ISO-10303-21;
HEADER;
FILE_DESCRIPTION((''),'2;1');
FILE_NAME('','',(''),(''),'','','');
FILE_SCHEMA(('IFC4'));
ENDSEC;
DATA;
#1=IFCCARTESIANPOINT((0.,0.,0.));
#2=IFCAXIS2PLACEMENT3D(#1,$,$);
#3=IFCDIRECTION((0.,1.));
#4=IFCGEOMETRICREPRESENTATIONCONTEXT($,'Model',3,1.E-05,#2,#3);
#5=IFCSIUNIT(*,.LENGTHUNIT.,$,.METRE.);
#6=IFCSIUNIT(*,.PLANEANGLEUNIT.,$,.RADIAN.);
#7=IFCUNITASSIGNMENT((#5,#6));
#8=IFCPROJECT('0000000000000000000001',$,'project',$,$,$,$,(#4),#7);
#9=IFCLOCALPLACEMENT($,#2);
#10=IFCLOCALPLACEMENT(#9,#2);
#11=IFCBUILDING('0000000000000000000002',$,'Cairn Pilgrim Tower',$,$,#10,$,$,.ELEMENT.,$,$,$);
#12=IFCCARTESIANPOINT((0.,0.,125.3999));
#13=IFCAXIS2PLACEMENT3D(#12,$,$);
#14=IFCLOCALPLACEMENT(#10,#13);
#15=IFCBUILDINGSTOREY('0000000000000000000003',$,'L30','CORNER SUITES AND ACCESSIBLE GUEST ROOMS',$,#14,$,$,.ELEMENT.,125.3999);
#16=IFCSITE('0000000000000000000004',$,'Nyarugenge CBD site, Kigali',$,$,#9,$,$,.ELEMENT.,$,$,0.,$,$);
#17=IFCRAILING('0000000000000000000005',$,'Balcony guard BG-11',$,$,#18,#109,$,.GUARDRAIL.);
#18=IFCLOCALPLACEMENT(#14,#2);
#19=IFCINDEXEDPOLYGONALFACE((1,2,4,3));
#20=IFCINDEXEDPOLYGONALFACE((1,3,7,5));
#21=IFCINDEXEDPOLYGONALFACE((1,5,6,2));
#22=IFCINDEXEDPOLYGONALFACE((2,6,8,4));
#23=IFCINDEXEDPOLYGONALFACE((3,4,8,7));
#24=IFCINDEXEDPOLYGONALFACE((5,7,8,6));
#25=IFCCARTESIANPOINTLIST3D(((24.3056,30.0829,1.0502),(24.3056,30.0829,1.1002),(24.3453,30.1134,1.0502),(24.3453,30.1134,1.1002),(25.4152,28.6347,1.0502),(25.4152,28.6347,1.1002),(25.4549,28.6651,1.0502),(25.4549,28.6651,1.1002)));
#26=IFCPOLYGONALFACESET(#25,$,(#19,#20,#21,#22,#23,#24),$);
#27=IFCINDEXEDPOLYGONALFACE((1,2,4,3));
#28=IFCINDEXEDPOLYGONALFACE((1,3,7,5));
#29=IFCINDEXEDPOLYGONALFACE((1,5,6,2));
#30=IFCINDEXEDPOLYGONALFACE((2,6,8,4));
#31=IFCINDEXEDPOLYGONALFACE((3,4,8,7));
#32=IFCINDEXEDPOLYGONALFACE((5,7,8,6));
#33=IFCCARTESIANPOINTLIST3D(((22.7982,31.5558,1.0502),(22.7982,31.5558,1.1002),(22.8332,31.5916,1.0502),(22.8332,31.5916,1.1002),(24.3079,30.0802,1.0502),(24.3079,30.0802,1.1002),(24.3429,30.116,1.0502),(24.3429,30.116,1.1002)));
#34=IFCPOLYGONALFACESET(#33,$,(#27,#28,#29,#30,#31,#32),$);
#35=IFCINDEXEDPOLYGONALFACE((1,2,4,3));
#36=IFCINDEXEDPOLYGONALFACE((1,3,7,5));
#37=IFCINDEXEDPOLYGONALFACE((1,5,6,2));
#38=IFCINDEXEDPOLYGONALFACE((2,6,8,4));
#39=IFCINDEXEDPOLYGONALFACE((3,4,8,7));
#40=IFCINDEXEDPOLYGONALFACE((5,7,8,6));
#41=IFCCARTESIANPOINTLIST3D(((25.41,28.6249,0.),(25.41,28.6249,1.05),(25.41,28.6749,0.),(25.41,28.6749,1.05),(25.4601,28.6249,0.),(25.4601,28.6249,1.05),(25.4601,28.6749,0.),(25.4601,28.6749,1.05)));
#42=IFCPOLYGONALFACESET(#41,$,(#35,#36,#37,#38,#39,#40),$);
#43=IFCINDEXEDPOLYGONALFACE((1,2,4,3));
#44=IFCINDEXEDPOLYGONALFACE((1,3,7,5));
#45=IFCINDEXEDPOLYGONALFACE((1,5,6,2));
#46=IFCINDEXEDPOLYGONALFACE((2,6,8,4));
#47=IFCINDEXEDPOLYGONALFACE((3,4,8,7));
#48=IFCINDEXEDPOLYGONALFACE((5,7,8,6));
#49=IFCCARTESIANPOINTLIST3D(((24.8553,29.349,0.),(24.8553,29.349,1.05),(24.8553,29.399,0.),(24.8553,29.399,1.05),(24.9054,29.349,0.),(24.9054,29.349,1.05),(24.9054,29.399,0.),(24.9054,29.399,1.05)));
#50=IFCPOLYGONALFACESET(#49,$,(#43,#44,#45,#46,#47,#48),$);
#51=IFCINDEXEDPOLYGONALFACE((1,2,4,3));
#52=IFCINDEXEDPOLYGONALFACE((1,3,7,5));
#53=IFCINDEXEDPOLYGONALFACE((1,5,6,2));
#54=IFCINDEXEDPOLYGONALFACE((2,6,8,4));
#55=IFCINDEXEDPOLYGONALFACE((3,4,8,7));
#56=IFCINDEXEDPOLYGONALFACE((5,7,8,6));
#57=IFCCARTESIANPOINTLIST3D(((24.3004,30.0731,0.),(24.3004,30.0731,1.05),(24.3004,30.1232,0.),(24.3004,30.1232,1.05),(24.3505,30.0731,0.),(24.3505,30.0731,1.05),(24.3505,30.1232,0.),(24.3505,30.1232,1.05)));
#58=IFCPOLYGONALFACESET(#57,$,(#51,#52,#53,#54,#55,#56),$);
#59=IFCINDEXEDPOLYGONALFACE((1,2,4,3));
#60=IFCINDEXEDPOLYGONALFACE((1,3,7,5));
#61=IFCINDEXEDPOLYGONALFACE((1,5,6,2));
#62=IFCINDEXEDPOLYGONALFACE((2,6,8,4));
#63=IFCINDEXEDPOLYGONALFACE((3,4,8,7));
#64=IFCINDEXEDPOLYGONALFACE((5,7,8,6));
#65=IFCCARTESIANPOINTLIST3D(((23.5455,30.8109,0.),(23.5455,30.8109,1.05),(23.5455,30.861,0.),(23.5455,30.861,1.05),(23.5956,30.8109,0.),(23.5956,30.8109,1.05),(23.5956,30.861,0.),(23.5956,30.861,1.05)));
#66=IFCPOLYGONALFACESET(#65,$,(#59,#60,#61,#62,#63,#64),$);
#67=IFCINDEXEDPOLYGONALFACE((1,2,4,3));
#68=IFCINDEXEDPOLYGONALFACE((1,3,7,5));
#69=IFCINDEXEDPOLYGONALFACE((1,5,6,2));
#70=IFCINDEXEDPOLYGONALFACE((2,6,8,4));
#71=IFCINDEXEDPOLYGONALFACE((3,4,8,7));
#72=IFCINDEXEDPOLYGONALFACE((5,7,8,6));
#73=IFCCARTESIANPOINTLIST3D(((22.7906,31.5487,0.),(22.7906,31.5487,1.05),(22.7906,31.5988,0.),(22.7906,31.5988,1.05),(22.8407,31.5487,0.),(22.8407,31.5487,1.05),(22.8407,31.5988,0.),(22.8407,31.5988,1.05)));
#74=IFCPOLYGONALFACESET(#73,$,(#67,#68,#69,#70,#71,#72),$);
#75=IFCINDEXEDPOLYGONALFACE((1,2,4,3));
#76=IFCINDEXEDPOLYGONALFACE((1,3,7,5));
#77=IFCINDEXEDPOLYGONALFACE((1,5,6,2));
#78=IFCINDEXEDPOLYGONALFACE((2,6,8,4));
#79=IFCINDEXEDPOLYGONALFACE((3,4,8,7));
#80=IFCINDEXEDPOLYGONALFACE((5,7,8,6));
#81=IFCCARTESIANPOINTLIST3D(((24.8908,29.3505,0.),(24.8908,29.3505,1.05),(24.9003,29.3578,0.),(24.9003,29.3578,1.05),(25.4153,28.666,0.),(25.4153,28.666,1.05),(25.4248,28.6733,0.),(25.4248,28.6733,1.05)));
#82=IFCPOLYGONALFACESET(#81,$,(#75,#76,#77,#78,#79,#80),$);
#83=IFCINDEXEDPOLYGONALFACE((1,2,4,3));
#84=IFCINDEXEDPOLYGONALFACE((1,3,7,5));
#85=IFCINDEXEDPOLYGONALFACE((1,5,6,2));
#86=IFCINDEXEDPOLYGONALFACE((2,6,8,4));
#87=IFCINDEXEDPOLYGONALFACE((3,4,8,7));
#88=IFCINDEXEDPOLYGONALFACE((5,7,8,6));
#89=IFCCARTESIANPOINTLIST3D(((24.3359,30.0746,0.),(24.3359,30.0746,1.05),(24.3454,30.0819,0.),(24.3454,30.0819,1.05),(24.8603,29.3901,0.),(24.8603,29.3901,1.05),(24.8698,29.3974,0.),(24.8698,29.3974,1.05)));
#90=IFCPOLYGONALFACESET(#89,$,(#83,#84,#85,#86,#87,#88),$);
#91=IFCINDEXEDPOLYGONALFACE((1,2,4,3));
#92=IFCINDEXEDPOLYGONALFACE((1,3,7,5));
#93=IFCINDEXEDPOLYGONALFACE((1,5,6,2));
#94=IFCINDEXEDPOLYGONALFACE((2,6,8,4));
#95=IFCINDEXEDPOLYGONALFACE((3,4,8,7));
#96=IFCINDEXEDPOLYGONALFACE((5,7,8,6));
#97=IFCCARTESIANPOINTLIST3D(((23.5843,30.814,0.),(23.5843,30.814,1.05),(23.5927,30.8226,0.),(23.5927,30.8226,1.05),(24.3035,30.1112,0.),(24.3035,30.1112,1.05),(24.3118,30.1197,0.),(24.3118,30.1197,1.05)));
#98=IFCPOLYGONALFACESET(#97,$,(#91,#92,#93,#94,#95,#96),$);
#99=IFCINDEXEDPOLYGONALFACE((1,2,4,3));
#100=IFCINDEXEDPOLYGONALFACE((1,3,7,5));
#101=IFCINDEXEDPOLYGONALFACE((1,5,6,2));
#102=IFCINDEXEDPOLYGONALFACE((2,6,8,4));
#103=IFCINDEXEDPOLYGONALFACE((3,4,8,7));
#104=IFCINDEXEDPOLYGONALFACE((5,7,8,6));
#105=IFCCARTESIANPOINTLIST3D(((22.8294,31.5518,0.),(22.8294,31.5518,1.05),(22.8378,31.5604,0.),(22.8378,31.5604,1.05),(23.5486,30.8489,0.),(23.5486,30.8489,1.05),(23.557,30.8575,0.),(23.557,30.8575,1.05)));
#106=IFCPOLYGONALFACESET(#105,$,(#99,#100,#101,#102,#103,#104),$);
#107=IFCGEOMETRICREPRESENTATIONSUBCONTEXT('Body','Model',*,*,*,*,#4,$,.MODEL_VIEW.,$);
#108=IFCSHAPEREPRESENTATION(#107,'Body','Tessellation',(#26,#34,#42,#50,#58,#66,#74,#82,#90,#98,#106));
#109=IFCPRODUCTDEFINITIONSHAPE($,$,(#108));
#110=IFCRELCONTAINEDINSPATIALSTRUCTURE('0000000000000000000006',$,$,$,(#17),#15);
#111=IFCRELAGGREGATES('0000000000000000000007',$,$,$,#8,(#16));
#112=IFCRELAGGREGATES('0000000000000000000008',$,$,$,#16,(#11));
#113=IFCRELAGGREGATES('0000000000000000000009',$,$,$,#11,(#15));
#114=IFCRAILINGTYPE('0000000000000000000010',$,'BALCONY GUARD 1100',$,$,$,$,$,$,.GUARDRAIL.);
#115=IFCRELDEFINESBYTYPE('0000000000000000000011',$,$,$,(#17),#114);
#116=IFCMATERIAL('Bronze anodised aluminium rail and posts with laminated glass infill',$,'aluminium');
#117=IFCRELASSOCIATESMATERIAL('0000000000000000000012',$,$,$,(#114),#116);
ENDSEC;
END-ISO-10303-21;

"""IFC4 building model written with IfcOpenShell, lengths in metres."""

from ifc_helpers import new_model, si_unit, direction, frame, origin, origin_2d, place, context, subcontext, project, spatial, polyline, rectangle, outline, extrude, material, type_object, element, save


model = new_model("IFC4")

# Units and contexts
model_context = context("Model", 3, precision=1e-05, world=origin(), true_north=direction((0.0, 1.0)))
body_context = subcontext(model_context, "Body", "Model", "MODEL_VIEW")
ifc_project = project(units=[si_unit("LENGTHUNIT", "METRE"), si_unit("PLANEANGLEUNIT", "RADIAN")], contexts=[model_context])

# Site, building, storey
site_placement = place(None, origin())
site = spatial("IfcSite", under=ifc_project, at=site_placement, Name="Nyarugenge CBD site, Kigali", CompositionType="ELEMENT", RefElevation=0.0)
building_placement = place(site_placement, origin())
building = spatial("IfcBuilding", under=site, at=building_placement, Name="Cairn Pilgrim Tower", CompositionType="ELEMENT")
storey_placement = place(building_placement, frame((0.0, 0.0, 125.3999)))
storey = spatial("IfcBuildingStorey", under=building, at=storey_placement, Name="L30", Description="CORNER SUITES AND ACCESSIBLE GUEST ROOMS", CompositionType="ELEMENT", Elevation=125.3999)

# Railing
ifc_material_1 = material(Name="Bronze anodised aluminium rail and posts with laminated glass infill", Category="aluminium")
railing_type = type_object("IfcRailingType", Name="BALCONY GUARD 1100", PredefinedType="GUARDRAIL", material=ifc_material_1)
railing_1_placement = place(storey_placement, frame((25.4351, 28.6499, 0.0)))
element("IfcRailing", 1, at=railing_1_placement, inside=storey, type_object=railing_type, Name="Balcony guard BG-11", PredefinedType="GUARDRAIL", context=body_context, shape_type="SweptSolid", body=[
    extrude(rectangle(XDim=0.05, YDim=0.05, at=origin_2d()), frame((0.0, 0.0, 1.0752), z_axis=(-0.60819, 0.793792, 0.0), x_axis=(-0.793792, -0.60819, 0.0)), (0.0, 0.0, 1.0), 1.8245),
    extrude(rectangle(XDim=0.05, YDim=0.05, at=origin_2d()), frame((-1.1096, 1.4482, 1.0752), z_axis=(-0.715156, 0.698965, 0.0), x_axis=(-0.698965, -0.715156, 0.0)), (0.0, 0.0, 1.0), 2.1111),
    extrude(rectangle(XDim=0.05, YDim=0.05, at=origin_2d()), origin(), (0.0, 0.0, 1.0), 1.05),
    extrude(rectangle(XDim=0.05, YDim=0.05, at=origin_2d()), frame((-0.5547, 0.7241, 0.0)), (0.0, 0.0, 1.0), 1.05),
    extrude(rectangle(XDim=0.05, YDim=0.05, at=origin_2d()), frame((-1.1096, 1.4482, 0.0)), (0.0, 0.0, 1.0), 1.05),
    extrude(rectangle(XDim=0.05, YDim=0.05, at=origin_2d()), frame((-1.8645, 2.186, 0.0)), (0.0, 0.0, 1.0), 1.05),
    extrude(rectangle(XDim=0.05, YDim=0.05, at=origin_2d()), frame((-2.6194, 2.9238, 0.0)), (0.0, 0.0, 1.0), 1.05),
    extrude(outline(polyline([(0.0249, 0.0), (0.8872, 0.0), (0.8872, 1.05), (0.0249, 1.05), (0.0249, 0.0)])), frame((-0.0046, -0.0037, 0.0), z_axis=(0.793792, 0.60819, 0.0), x_axis=(-0.60819, 0.793792, 0.0)), (0.0, 0.0, 1.0), 0.012),
    extrude(outline(polyline([(0.0249, 0.0), (0.8872, 0.0), (0.8872, 1.05), (0.0249, 1.05), (0.0249, 0.0)])), frame((-0.5596, 0.7205, 0.0), z_axis=(0.793792, 0.60819, 0.0), x_axis=(-0.60819, 0.793792, 0.0)), (0.0, 0.0, 1.0), 0.012),
    extrude(outline(polyline([(0.0249, 0.0), (1.0305, 0.0), (1.0305, 1.05), (0.0249, 1.05), (0.0249, 0.0)])), frame((-1.1138, 1.4438, 0.0), z_axis=(0.698965, 0.715156, 0.0), x_axis=(-0.715156, 0.698965, 0.0)), (0.0, 0.0, 1.0), 0.012),
    extrude(outline(polyline([(0.0249, 0.0), (1.0305, 0.0), (1.0305, 1.05), (0.0249, 1.05), (0.0249, 0.0)])), frame((-1.8687, 2.1816, 0.0), z_axis=(0.698965, 0.715156, 0.0), x_axis=(-0.715156, 0.698965, 0.0)), (0.0, 0.0, 1.0), 0.012),
])

save(model, "model.ifc")
